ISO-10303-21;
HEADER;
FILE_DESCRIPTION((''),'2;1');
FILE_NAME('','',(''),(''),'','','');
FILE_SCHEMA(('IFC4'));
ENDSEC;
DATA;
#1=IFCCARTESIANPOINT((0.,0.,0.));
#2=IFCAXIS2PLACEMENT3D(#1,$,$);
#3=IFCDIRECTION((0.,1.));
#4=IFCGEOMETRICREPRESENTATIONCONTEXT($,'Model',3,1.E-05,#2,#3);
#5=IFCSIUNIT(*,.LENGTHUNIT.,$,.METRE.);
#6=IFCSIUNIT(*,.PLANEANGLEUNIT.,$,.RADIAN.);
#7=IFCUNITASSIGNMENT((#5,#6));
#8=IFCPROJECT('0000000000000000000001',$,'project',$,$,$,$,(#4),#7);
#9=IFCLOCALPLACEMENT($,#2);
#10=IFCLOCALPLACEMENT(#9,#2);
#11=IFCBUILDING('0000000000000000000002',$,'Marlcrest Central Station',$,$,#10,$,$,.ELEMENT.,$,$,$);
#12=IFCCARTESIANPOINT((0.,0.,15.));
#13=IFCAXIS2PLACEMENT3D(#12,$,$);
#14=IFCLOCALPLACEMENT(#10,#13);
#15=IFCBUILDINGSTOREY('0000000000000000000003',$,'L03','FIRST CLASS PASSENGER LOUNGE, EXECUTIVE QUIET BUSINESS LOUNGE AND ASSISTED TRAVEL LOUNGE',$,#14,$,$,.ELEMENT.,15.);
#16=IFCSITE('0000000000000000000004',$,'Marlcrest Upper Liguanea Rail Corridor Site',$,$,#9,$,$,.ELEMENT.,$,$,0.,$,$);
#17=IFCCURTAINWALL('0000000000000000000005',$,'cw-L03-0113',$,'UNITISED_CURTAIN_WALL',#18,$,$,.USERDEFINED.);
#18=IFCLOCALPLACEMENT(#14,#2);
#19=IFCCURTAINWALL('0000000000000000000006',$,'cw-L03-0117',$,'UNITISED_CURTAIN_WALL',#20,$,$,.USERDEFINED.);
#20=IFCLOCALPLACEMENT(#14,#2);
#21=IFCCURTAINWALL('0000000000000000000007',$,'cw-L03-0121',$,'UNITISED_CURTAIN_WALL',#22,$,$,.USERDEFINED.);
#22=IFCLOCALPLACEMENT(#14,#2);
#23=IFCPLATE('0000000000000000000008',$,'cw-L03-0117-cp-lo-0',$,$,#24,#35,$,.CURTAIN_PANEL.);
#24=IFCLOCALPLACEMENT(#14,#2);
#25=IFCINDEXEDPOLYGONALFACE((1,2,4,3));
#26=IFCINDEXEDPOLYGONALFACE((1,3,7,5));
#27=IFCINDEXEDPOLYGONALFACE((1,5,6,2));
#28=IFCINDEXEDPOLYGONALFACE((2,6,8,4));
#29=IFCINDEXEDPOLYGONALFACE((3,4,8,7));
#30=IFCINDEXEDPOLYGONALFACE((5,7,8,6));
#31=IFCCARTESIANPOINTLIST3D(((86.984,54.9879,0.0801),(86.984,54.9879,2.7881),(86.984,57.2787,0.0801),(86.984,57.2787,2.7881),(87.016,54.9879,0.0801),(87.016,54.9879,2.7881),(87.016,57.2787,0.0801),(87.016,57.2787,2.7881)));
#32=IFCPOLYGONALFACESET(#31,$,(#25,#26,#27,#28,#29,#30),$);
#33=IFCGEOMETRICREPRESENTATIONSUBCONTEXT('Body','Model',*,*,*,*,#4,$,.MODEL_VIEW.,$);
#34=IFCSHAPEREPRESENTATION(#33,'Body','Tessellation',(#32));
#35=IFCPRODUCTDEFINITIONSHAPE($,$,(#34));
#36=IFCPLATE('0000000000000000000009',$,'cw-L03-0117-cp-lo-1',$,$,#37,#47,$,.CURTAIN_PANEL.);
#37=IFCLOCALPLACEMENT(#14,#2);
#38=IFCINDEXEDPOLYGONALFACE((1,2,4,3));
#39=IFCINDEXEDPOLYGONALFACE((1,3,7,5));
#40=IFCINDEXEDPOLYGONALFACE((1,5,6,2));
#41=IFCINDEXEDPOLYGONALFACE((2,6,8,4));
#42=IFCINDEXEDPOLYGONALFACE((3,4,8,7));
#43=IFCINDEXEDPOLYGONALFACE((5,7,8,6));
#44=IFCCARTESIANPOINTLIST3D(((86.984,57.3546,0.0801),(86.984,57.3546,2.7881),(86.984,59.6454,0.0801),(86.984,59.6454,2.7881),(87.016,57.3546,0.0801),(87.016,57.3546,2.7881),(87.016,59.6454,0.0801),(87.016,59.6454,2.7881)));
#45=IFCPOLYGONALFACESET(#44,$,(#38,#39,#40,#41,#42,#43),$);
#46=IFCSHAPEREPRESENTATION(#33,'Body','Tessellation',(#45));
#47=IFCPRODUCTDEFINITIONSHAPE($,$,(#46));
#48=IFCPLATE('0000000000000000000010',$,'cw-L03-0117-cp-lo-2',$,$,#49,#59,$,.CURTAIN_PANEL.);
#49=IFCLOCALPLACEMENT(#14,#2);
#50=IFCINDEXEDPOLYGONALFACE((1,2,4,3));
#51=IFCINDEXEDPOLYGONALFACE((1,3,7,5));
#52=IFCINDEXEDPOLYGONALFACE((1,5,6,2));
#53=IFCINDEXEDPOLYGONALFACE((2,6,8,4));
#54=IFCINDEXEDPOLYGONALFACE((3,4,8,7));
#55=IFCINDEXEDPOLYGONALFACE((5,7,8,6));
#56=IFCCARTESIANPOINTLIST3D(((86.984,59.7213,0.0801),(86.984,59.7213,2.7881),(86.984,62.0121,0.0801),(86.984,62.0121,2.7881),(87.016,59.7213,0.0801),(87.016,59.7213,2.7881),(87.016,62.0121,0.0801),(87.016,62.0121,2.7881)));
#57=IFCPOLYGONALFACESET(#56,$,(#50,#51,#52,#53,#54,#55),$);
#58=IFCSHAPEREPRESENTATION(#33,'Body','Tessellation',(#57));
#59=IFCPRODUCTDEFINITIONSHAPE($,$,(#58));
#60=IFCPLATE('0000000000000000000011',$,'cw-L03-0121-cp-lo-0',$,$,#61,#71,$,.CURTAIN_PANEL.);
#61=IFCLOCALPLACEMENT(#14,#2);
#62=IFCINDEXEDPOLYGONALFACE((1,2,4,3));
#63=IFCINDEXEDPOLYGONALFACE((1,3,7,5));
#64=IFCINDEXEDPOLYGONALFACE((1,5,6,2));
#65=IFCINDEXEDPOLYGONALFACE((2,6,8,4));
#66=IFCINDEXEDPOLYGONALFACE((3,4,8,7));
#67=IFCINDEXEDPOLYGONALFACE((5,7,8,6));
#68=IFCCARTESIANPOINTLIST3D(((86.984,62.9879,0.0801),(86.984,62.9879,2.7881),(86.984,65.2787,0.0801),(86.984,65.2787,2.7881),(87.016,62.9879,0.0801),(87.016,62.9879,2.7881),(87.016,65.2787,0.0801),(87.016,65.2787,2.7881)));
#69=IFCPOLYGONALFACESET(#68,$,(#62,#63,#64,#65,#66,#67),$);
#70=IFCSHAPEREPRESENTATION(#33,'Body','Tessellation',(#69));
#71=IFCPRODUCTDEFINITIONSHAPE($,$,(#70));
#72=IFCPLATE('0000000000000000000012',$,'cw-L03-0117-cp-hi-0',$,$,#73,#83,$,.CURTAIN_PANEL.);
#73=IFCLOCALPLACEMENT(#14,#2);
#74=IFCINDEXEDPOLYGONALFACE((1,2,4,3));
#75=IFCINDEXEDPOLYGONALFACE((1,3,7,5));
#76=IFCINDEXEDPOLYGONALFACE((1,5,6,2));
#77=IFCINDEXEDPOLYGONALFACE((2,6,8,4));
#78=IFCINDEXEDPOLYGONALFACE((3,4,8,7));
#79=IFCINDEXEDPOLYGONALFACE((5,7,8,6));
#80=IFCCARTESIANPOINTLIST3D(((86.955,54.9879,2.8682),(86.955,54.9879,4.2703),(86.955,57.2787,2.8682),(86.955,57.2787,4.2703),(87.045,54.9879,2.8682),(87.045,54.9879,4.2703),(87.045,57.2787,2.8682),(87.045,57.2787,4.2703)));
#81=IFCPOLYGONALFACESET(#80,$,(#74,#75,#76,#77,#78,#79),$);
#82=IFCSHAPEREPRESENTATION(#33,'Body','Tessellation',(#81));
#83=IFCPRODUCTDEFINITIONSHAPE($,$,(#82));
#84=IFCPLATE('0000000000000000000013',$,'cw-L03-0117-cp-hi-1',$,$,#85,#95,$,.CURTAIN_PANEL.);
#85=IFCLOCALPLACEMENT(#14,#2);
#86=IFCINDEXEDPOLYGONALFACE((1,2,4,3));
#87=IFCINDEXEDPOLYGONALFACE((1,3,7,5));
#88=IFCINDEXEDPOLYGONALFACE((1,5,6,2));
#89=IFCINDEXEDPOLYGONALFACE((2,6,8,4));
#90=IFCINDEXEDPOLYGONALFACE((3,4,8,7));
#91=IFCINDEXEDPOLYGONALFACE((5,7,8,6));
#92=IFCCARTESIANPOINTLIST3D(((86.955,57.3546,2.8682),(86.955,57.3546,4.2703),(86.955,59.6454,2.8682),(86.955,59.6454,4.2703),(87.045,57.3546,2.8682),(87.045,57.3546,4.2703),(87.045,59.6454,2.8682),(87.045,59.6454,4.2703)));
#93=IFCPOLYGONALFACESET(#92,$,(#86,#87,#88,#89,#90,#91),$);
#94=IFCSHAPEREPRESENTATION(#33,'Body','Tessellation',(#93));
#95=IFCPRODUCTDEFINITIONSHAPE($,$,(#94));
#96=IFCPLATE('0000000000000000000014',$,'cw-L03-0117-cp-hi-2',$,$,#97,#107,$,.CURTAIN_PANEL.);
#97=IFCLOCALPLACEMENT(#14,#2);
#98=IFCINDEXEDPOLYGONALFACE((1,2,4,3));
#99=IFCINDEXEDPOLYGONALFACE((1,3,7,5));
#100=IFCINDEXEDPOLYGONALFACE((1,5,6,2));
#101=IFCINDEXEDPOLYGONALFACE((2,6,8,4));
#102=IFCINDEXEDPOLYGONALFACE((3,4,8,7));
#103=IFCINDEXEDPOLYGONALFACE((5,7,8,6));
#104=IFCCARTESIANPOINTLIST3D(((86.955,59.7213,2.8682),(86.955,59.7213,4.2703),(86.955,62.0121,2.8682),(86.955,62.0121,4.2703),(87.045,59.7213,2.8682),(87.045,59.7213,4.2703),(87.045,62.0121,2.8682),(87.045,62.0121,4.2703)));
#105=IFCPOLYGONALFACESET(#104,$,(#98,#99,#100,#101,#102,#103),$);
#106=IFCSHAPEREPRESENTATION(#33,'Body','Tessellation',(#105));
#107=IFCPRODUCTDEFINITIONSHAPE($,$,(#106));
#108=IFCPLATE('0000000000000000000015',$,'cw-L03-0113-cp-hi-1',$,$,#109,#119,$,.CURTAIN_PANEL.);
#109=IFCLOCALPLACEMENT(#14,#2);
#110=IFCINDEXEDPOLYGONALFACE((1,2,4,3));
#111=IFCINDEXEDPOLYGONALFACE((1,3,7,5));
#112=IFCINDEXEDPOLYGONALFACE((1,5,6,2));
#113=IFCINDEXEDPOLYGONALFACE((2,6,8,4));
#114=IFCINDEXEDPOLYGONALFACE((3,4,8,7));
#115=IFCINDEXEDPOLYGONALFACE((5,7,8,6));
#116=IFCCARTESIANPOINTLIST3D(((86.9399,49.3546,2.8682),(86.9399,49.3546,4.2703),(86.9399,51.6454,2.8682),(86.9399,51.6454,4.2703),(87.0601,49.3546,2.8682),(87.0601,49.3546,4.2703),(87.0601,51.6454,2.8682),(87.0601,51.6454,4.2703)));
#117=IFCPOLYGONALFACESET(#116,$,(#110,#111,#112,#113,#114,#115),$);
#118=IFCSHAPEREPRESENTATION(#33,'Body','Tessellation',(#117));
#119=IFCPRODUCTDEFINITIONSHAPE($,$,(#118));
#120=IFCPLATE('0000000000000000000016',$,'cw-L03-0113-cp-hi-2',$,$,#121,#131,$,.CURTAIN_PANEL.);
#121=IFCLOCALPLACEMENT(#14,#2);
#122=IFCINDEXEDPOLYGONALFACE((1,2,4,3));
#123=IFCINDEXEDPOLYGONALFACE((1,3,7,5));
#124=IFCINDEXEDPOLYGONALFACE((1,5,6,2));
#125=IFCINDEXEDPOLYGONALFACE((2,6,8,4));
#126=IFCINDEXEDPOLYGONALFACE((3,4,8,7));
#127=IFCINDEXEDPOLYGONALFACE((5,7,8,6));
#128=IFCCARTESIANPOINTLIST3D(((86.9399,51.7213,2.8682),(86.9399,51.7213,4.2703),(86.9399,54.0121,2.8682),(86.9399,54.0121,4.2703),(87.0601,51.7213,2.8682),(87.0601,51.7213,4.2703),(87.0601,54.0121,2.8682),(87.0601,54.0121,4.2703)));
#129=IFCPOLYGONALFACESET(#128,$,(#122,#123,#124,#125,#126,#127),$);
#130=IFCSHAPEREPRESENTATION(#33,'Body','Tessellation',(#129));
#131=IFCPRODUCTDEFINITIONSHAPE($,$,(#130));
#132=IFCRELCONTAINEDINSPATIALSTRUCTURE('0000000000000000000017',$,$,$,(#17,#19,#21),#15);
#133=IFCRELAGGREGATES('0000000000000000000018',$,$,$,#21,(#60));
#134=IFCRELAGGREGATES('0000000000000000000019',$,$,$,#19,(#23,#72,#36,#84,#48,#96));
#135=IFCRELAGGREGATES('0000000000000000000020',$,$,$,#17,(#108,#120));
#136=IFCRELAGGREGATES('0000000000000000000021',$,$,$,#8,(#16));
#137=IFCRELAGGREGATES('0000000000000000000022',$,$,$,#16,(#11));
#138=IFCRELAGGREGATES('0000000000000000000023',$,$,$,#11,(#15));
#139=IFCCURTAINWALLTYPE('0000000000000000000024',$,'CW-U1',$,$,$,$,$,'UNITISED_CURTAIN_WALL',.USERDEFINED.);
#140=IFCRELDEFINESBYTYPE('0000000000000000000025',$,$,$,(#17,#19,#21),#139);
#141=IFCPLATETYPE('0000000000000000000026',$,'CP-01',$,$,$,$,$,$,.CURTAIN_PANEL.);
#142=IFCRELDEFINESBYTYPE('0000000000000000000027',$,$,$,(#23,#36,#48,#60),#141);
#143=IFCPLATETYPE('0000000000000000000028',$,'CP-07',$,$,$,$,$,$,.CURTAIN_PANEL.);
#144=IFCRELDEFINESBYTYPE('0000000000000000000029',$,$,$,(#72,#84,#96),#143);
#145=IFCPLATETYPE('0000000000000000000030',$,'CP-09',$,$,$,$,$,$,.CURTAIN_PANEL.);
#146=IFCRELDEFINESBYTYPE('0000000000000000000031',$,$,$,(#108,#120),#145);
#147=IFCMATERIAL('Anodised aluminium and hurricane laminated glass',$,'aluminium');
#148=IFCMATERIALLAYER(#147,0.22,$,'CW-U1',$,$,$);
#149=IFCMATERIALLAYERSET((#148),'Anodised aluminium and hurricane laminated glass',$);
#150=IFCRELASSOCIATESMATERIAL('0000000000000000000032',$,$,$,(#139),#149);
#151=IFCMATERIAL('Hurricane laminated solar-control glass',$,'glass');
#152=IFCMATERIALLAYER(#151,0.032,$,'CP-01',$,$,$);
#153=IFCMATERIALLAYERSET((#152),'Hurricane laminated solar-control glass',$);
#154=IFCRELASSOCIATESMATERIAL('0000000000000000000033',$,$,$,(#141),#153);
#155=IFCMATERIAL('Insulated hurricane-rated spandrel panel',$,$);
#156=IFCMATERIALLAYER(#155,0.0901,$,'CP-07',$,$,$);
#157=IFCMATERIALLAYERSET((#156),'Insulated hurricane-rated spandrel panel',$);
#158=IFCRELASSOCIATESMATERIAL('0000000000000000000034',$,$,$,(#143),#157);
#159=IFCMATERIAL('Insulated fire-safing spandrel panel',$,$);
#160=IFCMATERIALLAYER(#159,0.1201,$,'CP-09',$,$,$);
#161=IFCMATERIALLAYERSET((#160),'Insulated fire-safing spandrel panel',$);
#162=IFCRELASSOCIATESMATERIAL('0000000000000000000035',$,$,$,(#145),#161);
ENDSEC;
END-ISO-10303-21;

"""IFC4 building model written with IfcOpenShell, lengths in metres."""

from ifc_helpers import new_model, si_unit, direction, frame, origin, origin_2d, place, context, subcontext, project, spatial, rectangle, extrude, material, layer, layer_set, type_object, element, aggregate, save


model = new_model("IFC4")

# Units and contexts
model_context = context("Model", 3, precision=1e-05, world=origin(), true_north=direction((0.0, 1.0)))
body_context = subcontext(model_context, "Body", "Model", "MODEL_VIEW")
ifc_project = project(units=[si_unit("LENGTHUNIT", "METRE"), si_unit("PLANEANGLEUNIT", "RADIAN")], contexts=[model_context])

# Site, building, storey
site_placement = place(None, origin())
site = spatial("IfcSite", under=ifc_project, at=site_placement, Name="Marlcrest Upper Liguanea Rail Corridor Site", CompositionType="ELEMENT", RefElevation=0.0)
building_placement = place(site_placement, origin())
building = spatial("IfcBuilding", under=site, at=building_placement, Name="Marlcrest Central Station", CompositionType="ELEMENT")
storey_placement = place(building_placement, frame((0.0, 0.0, 15.0)))
storey = spatial("IfcBuildingStorey", under=building, at=storey_placement, Name="L03", Description="FIRST CLASS PASSENGER LOUNGE, EXECUTIVE QUIET BUSINESS LOUNGE AND ASSISTED TRAVEL LOUNGE", CompositionType="ELEMENT", Elevation=15.0)

# Curtain walls
ifc_material_1 = material(Name="Anodised aluminium and hurricane laminated glass", Category="aluminium")
ifc_layer_1 = layer(ifc_material_1, 0.22, Name="CW-U1")
ifc_layer_set_1 = layer_set([ifc_layer_1], Name="Anodised aluminium and hurricane laminated glass")
curtain_wall_type = type_object("IfcCurtainWallType", Name="CW-U1", ElementType="UNITISED_CURTAIN_WALL", PredefinedType="USERDEFINED", material=ifc_layer_set_1)
curtain_wall_1_placement = place(storey_placement, origin())
curtain_wall_1 = element("IfcCurtainWall", 1, at=curtain_wall_1_placement, inside=storey, type_object=curtain_wall_type, Name="cw-L03-0113", ObjectType="UNITISED_CURTAIN_WALL", PredefinedType="USERDEFINED")
curtain_wall_2_placement = place(storey_placement, origin())
curtain_wall_2 = element("IfcCurtainWall", 2, at=curtain_wall_2_placement, inside=storey, type_object=curtain_wall_type, Name="cw-L03-0117", ObjectType="UNITISED_CURTAIN_WALL", PredefinedType="USERDEFINED")

# Curtain wall
curtain_wall_3_placement = place(storey_placement, origin())
curtain_wall_3 = element("IfcCurtainWall", 3, at=curtain_wall_3_placement, inside=storey, type_object=curtain_wall_type, Name="cw-L03-0121", ObjectType="UNITISED_CURTAIN_WALL", PredefinedType="USERDEFINED")

# Plates
ifc_material_2 = material(Name="Hurricane laminated solar-control glass", Category="glass")
ifc_layer_2 = layer(ifc_material_2, 0.032, Name="CP-01")
ifc_layer_set_2 = layer_set([ifc_layer_2], Name="Hurricane laminated solar-control glass")
plate_type_1 = type_object("IfcPlateType", Name="CP-01", PredefinedType="CURTAIN_PANEL", material=ifc_layer_set_2)
plate_1_placement = place(storey_placement, frame((87.0, 56.1333, 0.0801), z_axis=(0.0, 0.0, 1.0), x_axis=(0.0, 1.0, 0.0)))
plate_1 = element("IfcPlate", 4, at=plate_1_placement, type_object=plate_type_1, Name="cw-L03-0117-cp-lo-0", PredefinedType="CURTAIN_PANEL", context=body_context, shape_type="SweptSolid", body=[
    extrude(rectangle(XDim=2.2908, YDim=0.032, at=origin_2d()), origin(), (0.0, 0.0, 1.0), 2.708),
])
plate_2_placement = place(storey_placement, frame((87.0, 58.5, 0.0801), z_axis=(0.0, 0.0, 1.0), x_axis=(0.0, 1.0, 0.0)))
plate_2 = element("IfcPlate", 5, at=plate_2_placement, type_object=plate_type_1, Name="cw-L03-0117-cp-lo-1", PredefinedType="CURTAIN_PANEL", context=body_context, shape_type="SweptSolid", body=[
    extrude(rectangle(XDim=2.2908, YDim=0.032, at=origin_2d()), origin(), (0.0, 0.0, 1.0), 2.708),
])
plate_3_placement = place(storey_placement, frame((87.0, 60.8667, 0.0801), z_axis=(0.0, 0.0, 1.0), x_axis=(0.0, 1.0, 0.0)))
plate_3 = element("IfcPlate", 6, at=plate_3_placement, type_object=plate_type_1, Name="cw-L03-0117-cp-lo-2", PredefinedType="CURTAIN_PANEL", context=body_context, shape_type="SweptSolid", body=[
    extrude(rectangle(XDim=2.2908, YDim=0.032, at=origin_2d()), origin(), (0.0, 0.0, 1.0), 2.708),
])
plate_4_placement = place(storey_placement, frame((87.0, 64.1333, 0.0801), z_axis=(0.0, 0.0, 1.0), x_axis=(0.0, 1.0, 0.0)))
plate_4 = element("IfcPlate", 7, at=plate_4_placement, type_object=plate_type_1, Name="cw-L03-0121-cp-lo-0", PredefinedType="CURTAIN_PANEL", context=body_context, shape_type="SweptSolid", body=[
    extrude(rectangle(XDim=2.2908, YDim=0.032, at=origin_2d()), origin(), (0.0, 0.0, 1.0), 2.708),
])
aggregate(curtain_wall_3, [plate_4])
ifc_material_3 = material(Name="Insulated hurricane-rated spandrel panel")
ifc_layer_3 = layer(ifc_material_3, 0.0901, Name="CP-07")
ifc_layer_set_3 = layer_set([ifc_layer_3], Name="Insulated hurricane-rated spandrel panel")
plate_type_2 = type_object("IfcPlateType", Name="CP-07", PredefinedType="CURTAIN_PANEL", material=ifc_layer_set_3)
plate_5_placement = place(storey_placement, frame((87.0, 56.1333, 2.8682), z_axis=(0.0, 0.0, 1.0), x_axis=(0.0, 1.0, 0.0)))
plate_5 = element("IfcPlate", 8, at=plate_5_placement, type_object=plate_type_2, Name="cw-L03-0117-cp-hi-0", PredefinedType="CURTAIN_PANEL", context=body_context, shape_type="SweptSolid", body=[
    extrude(rectangle(XDim=2.2908, YDim=0.0901, at=origin_2d()), origin(), (0.0, 0.0, 1.0), 1.4021),
])
plate_6_placement = place(storey_placement, frame((87.0, 58.5, 2.8682), z_axis=(0.0, 0.0, 1.0), x_axis=(0.0, 1.0, 0.0)))
plate_6 = element("IfcPlate", 9, at=plate_6_placement, type_object=plate_type_2, Name="cw-L03-0117-cp-hi-1", PredefinedType="CURTAIN_PANEL", context=body_context, shape_type="SweptSolid", body=[
    extrude(rectangle(XDim=2.2908, YDim=0.0901, at=origin_2d()), origin(), (0.0, 0.0, 1.0), 1.4021),
])
plate_7_placement = place(storey_placement, frame((87.0, 60.8667, 2.8682), z_axis=(0.0, 0.0, 1.0), x_axis=(0.0, 1.0, 0.0)))
plate_7 = element("IfcPlate", 10, at=plate_7_placement, type_object=plate_type_2, Name="cw-L03-0117-cp-hi-2", PredefinedType="CURTAIN_PANEL", context=body_context, shape_type="SweptSolid", body=[
    extrude(rectangle(XDim=2.2908, YDim=0.0901, at=origin_2d()), origin(), (0.0, 0.0, 1.0), 1.4021),
])
aggregate(curtain_wall_2, [plate_1, plate_5, plate_2, plate_6, plate_3, plate_7])
ifc_material_4 = material(Name="Insulated fire-safing spandrel panel")
ifc_layer_4 = layer(ifc_material_4, 0.1201, Name="CP-09")
ifc_layer_set_4 = layer_set([ifc_layer_4], Name="Insulated fire-safing spandrel panel")
plate_type_3 = type_object("IfcPlateType", Name="CP-09", PredefinedType="CURTAIN_PANEL", material=ifc_layer_set_4)
plate_8_placement = place(storey_placement, frame((87.0, 50.5, 2.8682), z_axis=(0.0, 0.0, 1.0), x_axis=(0.0, 1.0, 0.0)))
plate_8 = element("IfcPlate", 11, at=plate_8_placement, type_object=plate_type_3, Name="cw-L03-0113-cp-hi-1", PredefinedType="CURTAIN_PANEL", context=body_context, shape_type="SweptSolid", body=[
    extrude(rectangle(XDim=2.2908, YDim=0.1201, at=origin_2d()), origin(), (0.0, 0.0, 1.0), 1.4021),
])
plate_9_placement = place(storey_placement, frame((87.0, 52.8667, 2.8682), z_axis=(0.0, 0.0, 1.0), x_axis=(0.0, 1.0, 0.0)))
plate_9 = element("IfcPlate", 12, at=plate_9_placement, type_object=plate_type_3, Name="cw-L03-0113-cp-hi-2", PredefinedType="CURTAIN_PANEL", context=body_context, shape_type="SweptSolid", body=[
    extrude(rectangle(XDim=2.2908, YDim=0.1201, at=origin_2d()), origin(), (0.0, 0.0, 1.0), 1.4021),
])
aggregate(curtain_wall_1, [plate_8, plate_9])

save(model, "model.ifc")
